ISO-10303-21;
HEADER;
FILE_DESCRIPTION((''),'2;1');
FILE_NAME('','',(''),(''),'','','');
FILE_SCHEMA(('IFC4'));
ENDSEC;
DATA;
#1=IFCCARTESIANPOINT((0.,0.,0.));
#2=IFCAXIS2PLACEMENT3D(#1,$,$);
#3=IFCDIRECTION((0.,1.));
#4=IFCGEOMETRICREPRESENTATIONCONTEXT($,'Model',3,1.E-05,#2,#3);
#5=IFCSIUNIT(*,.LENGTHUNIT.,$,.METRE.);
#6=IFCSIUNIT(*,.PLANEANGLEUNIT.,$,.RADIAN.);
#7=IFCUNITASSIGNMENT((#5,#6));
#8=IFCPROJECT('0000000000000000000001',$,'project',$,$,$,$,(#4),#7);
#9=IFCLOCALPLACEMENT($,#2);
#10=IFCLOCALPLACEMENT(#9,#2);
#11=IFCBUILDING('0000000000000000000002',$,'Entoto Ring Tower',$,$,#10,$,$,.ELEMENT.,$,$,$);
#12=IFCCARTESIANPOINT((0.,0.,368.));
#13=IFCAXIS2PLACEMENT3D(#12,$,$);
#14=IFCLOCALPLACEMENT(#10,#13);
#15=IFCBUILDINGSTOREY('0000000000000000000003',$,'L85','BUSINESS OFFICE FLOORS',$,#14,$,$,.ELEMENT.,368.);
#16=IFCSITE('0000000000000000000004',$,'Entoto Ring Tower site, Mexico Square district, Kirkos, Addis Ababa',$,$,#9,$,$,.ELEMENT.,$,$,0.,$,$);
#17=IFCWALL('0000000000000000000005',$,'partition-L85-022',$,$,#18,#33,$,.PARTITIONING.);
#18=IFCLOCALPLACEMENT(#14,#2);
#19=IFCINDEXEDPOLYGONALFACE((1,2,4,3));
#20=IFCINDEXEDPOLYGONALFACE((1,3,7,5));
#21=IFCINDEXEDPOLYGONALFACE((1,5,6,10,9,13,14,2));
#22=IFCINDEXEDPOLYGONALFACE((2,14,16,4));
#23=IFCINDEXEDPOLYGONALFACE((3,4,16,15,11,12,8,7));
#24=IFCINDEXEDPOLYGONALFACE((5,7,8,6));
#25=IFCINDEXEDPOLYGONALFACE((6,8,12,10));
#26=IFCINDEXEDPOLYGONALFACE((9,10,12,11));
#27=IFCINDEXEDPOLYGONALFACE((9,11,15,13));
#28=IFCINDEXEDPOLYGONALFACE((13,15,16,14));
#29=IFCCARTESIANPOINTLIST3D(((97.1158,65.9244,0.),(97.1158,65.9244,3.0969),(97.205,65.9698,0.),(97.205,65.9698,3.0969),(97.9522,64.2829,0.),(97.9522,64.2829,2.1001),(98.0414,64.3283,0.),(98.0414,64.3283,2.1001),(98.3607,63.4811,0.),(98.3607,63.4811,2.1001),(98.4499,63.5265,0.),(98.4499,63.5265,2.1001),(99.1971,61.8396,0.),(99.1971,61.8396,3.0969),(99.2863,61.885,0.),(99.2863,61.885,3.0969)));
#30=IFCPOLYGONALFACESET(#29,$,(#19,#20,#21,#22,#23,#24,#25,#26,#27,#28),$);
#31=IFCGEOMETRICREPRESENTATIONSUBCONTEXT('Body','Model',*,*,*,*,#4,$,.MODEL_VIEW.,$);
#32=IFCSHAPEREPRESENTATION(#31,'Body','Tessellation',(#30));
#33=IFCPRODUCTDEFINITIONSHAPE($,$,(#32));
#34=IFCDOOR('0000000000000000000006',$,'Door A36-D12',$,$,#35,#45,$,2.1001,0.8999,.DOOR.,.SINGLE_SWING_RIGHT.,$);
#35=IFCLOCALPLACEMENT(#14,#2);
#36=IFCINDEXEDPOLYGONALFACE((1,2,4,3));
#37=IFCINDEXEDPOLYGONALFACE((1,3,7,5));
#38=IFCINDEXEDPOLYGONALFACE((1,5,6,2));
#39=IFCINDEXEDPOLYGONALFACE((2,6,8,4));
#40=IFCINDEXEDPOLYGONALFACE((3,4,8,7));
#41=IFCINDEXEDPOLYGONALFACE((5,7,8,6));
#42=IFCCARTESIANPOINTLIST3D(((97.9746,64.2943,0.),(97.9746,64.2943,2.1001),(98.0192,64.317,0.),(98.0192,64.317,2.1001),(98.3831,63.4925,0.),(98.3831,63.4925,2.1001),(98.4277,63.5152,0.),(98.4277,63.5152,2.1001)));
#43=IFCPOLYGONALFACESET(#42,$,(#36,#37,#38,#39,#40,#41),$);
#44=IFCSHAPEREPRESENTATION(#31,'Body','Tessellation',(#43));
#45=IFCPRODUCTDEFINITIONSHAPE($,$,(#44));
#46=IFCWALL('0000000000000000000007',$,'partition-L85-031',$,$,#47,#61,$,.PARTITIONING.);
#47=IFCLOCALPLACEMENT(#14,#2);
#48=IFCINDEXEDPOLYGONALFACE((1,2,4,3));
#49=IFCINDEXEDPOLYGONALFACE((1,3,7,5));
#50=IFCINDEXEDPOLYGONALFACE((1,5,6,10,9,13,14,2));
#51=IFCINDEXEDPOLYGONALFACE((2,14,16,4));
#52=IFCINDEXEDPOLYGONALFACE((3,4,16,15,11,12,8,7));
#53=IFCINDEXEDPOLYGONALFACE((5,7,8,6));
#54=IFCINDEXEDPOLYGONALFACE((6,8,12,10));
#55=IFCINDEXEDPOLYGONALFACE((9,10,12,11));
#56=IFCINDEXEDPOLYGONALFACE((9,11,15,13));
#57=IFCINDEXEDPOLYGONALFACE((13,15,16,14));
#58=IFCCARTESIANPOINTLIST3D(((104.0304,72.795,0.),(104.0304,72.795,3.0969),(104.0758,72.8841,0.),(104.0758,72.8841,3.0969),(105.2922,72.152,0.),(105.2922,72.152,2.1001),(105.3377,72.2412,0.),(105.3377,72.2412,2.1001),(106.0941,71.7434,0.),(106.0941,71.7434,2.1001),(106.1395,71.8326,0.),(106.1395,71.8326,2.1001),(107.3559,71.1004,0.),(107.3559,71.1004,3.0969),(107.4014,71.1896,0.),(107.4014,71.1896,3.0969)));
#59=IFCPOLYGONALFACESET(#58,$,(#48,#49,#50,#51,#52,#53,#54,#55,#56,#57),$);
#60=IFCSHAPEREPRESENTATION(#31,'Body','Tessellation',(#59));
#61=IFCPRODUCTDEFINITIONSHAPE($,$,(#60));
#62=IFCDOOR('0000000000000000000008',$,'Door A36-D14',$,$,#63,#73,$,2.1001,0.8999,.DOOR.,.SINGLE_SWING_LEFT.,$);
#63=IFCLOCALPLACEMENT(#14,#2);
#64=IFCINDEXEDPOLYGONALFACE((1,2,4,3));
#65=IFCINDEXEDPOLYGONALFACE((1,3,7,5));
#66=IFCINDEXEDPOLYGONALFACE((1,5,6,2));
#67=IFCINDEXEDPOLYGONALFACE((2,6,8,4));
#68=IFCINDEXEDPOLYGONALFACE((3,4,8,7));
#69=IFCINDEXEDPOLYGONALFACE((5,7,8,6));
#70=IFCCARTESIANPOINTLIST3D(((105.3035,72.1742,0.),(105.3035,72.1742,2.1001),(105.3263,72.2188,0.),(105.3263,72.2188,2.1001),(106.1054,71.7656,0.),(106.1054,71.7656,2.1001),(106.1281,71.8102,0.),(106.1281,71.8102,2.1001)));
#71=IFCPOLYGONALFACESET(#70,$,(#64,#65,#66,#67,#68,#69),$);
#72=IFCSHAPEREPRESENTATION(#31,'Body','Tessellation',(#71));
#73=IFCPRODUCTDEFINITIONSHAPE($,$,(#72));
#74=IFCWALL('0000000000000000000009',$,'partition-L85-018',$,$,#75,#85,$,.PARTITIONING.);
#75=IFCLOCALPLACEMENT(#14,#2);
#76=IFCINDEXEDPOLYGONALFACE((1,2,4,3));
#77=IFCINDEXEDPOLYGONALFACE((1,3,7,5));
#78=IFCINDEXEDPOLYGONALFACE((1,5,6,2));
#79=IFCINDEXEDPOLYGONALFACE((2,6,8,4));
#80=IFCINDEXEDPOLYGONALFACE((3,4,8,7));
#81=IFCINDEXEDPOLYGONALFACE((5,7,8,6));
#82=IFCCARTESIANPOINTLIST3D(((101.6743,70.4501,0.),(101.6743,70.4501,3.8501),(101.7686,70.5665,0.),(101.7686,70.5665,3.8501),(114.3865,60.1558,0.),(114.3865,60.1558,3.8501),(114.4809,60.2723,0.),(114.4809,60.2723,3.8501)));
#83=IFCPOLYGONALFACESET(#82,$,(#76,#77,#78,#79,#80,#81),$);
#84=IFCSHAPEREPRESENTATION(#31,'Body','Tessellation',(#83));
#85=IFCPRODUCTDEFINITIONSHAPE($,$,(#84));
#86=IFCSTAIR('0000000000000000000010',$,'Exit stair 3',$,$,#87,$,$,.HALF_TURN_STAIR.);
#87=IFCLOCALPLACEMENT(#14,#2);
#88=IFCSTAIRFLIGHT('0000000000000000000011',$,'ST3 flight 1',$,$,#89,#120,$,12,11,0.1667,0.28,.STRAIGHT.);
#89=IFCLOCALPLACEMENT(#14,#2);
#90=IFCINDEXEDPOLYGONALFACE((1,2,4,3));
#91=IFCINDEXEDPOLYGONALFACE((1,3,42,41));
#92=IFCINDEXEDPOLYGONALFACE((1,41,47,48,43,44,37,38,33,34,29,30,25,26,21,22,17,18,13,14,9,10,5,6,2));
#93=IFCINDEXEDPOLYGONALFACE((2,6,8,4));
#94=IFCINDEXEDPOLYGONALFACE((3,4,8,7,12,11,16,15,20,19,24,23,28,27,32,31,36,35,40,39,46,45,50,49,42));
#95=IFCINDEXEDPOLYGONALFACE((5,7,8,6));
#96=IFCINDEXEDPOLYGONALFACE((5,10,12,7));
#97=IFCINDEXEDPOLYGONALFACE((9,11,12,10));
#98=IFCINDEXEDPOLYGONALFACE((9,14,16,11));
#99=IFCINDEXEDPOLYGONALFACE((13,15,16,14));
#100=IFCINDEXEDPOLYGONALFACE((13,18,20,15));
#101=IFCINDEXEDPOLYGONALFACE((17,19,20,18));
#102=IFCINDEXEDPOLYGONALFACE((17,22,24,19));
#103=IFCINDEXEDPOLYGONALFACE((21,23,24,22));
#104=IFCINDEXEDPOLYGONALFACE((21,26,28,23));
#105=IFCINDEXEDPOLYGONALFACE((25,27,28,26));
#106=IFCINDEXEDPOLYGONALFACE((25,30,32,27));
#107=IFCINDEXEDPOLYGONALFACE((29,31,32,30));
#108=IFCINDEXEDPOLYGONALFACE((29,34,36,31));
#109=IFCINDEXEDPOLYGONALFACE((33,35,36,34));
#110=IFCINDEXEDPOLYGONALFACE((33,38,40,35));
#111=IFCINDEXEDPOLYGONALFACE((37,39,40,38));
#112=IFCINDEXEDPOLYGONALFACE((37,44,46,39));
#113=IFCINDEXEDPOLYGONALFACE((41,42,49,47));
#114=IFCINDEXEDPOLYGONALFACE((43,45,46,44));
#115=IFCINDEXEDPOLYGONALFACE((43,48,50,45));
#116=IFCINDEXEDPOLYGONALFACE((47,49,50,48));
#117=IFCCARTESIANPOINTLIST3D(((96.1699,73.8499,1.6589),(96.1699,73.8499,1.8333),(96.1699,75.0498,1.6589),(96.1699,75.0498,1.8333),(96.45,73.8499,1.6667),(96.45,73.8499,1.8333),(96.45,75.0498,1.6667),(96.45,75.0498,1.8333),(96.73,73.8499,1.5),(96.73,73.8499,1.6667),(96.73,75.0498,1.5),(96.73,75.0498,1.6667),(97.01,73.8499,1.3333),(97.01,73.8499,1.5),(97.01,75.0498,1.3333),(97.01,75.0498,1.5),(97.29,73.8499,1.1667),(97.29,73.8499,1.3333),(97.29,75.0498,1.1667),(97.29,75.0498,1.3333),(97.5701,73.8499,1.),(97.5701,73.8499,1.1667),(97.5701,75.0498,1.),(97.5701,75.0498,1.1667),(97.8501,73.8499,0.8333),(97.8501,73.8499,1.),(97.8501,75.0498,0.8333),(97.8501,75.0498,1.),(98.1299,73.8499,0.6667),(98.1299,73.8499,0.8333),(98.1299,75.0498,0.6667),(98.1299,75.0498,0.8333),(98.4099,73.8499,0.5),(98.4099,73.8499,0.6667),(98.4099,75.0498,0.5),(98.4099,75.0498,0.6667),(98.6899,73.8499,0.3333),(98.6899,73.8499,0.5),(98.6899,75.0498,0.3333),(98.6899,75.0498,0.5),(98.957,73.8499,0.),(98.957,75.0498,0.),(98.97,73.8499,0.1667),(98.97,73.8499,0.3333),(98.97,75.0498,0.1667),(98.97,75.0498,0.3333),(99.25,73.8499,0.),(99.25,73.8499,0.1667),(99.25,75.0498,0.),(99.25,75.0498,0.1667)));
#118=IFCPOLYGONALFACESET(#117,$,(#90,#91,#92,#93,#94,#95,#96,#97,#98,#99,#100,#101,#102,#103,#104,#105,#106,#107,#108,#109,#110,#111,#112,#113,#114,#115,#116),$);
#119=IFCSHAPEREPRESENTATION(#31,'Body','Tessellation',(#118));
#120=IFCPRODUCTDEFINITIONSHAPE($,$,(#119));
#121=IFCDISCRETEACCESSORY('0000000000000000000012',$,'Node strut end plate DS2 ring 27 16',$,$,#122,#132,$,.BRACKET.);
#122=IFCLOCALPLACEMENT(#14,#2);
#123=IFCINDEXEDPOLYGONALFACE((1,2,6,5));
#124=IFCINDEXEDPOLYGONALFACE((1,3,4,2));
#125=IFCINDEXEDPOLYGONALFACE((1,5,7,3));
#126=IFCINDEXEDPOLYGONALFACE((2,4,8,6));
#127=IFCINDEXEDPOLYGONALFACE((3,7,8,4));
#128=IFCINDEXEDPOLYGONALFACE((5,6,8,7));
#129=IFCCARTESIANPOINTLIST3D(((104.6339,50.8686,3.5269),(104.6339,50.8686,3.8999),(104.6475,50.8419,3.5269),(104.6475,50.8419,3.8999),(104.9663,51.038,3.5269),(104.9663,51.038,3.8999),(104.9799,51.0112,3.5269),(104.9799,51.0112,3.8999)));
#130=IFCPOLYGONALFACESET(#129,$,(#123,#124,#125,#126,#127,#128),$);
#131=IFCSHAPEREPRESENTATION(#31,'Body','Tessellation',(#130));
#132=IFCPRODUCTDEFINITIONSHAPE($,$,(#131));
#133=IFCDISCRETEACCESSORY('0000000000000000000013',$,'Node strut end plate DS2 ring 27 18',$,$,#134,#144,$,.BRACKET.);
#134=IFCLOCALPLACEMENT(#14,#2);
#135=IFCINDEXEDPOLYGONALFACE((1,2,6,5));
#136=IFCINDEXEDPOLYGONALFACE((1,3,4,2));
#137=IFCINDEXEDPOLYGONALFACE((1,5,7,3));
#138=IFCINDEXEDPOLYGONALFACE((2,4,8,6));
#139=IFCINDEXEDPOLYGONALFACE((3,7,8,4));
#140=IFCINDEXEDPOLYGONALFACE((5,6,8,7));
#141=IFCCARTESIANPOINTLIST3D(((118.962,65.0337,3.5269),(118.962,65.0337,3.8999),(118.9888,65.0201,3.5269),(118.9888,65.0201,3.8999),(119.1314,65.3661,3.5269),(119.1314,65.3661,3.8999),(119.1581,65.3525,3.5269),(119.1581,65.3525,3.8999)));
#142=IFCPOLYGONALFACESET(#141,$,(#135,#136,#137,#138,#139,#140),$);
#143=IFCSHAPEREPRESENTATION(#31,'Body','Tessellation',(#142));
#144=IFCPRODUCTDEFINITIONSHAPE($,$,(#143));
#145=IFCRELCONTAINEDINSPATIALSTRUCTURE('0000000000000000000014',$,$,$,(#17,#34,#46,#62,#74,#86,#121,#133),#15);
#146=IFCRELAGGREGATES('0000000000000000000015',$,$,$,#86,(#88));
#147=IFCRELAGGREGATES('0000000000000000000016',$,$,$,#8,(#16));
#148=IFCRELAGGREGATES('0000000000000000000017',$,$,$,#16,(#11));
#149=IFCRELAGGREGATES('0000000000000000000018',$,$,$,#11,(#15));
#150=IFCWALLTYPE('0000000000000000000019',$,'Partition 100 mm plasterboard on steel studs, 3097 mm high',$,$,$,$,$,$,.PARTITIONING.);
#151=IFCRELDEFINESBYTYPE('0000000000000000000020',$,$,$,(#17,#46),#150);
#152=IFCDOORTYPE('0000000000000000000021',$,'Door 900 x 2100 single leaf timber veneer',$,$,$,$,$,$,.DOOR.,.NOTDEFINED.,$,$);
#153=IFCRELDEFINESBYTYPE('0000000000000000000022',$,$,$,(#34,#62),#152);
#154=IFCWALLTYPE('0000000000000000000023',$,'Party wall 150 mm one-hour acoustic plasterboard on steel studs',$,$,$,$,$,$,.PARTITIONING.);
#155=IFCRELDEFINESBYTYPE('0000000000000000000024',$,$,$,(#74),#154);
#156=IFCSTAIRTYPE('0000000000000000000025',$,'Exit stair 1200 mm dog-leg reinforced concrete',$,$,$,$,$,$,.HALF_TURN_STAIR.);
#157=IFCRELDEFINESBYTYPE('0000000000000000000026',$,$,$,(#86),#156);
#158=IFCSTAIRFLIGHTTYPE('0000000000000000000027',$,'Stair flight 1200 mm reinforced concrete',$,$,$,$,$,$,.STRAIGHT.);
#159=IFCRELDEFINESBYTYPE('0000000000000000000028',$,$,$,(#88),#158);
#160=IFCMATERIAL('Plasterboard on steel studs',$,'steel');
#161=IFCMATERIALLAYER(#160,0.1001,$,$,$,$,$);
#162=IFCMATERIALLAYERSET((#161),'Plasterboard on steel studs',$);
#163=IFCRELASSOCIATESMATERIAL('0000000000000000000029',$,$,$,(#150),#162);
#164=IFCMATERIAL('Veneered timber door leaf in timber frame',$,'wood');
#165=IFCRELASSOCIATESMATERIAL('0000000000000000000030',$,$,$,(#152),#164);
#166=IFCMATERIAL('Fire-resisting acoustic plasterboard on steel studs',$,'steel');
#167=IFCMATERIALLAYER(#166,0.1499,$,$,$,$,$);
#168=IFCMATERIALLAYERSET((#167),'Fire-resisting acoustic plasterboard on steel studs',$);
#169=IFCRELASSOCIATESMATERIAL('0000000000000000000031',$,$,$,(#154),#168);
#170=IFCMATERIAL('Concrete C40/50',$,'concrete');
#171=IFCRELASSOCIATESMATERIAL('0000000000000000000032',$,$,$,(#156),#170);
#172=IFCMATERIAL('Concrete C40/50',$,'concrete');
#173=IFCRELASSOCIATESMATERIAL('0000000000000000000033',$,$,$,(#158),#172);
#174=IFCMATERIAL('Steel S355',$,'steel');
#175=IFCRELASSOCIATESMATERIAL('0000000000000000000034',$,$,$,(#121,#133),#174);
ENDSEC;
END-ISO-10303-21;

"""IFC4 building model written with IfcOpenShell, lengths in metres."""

from ifc_helpers import new_model, si_unit, direction, frame, frame_2d, origin, origin_2d, place, context, subcontext, project, spatial, polyline, rectangle, outline, extrude, material, layer, layer_set, type_object, element, fill, aggregate, save


model = new_model("IFC4")

# Units and contexts
model_context = context("Model", 3, precision=1e-05, world=origin(), true_north=direction((0.0, 1.0)))
body_context = subcontext(model_context, "Body", "Model", "MODEL_VIEW")
ifc_project = project(units=[si_unit("LENGTHUNIT", "METRE"), si_unit("PLANEANGLEUNIT", "RADIAN")], contexts=[model_context])

# Site, building, storey
site_placement = place(None, origin())
site = spatial("IfcSite", under=ifc_project, at=site_placement, Name="Entoto Ring Tower site, Mexico Square district, Kirkos, Addis Ababa", CompositionType="ELEMENT", RefElevation=0.0)
building_placement = place(site_placement, origin())
building = spatial("IfcBuilding", under=site, at=building_placement, Name="Entoto Ring Tower", CompositionType="ELEMENT")
storey_placement = place(building_placement, frame((0.0, 0.0, 368.0)))
storey = spatial("IfcBuildingStorey", under=building, at=storey_placement, Name="L85", Description="BUSINESS OFFICE FLOORS", CompositionType="ELEMENT", Elevation=368.0)

# Walls, openings, doors
ifc_material_1 = material(Name="Plasterboard on steel studs", Category="steel")
ifc_layer_1 = layer(ifc_material_1, 0.1001)
ifc_layer_set_1 = layer_set([ifc_layer_1], Name="Plasterboard on steel studs")
wall_type_1 = type_object("IfcWallType", Name="Partition 100 mm plasterboard on steel studs, 3097 mm high", PredefinedType="PARTITIONING", material=ifc_layer_set_1)
wall_1_placement = place(storey_placement, frame((99.2417, 61.8623, 0.0), z_axis=(0.0, 0.0, 1.0), x_axis=(-0.453996, 0.891004, 0.0)))
wall_1 = element("IfcWall", 1, at=wall_1_placement, inside=storey, type_object=wall_type_1, Name="partition-L85-022", PredefinedType="PARTITIONING", context=body_context, shape_type="SweptSolid", body=[
    extrude(rectangle(XDim=4.5845, YDim=0.1001, at=frame_2d((2.2922, 0.0))), origin(), (0.0, 0.0, 1.0), 3.0969),
])
opening_1_placement = place(wall_1_placement, frame((1.8423, 0.0, 0.0)))
opening_1 = element("IfcOpeningElement", 2, at=opening_1_placement, cuts=wall_1, PredefinedType="OPENING", context=body_context, shape_type="SweptSolid", body=[
    extrude(rectangle(XDim=0.8999, YDim=2.1001, at=frame_2d((0.45, 1.05))), frame((0.0, 0.0601, 0.0), z_axis=(0.0, -1.0, 0.0), x_axis=(1.0, 0.0, 0.0)), (0.0, 0.0, 1.0), 0.1201),
])
ifc_material_2 = material(Name="Veneered timber door leaf in timber frame", Category="wood")
door_type_1 = type_object("IfcDoorType", Name="Door 900 x 2100 single leaf timber veneer", OperationType="NOTDEFINED", PredefinedType="DOOR", material=ifc_material_2)
door_1_placement = place(opening_1_placement, origin())
door_1 = element("IfcDoor", 3, at=door_1_placement, inside=storey, type_object=door_type_1, Name="Door A36-D12", OperationType="SINGLE_SWING_RIGHT", OverallHeight=2.1001, OverallWidth=0.8999, PredefinedType="DOOR", context=body_context, shape_type="SweptSolid", body=[
    extrude(rectangle(XDim=0.8999, YDim=2.1001, at=frame_2d((0.45, 1.05))), frame((0.0, 0.0249, 0.0), z_axis=(0.0, -1.0, 0.0), x_axis=(1.0, 0.0, 0.0)), (0.0, 0.0, 1.0), 0.05),
])
fill(opening_1, door_1)
wall_2_placement = place(storey_placement, frame((107.3787, 71.145, 0.0), z_axis=(0.0, 0.0, 1.0), x_axis=(-0.891, 0.454003, 0.0)))
wall_2 = element("IfcWall", 4, at=wall_2_placement, inside=storey, type_object=wall_type_1, Name="partition-L85-031", PredefinedType="PARTITIONING", context=body_context, shape_type="SweptSolid", body=[
    extrude(rectangle(XDim=3.7324, YDim=0.1001, at=frame_2d((1.8662, 0.0))), origin(), (0.0, 0.0, 1.0), 3.0969),
])
opening_2_placement = place(wall_2_placement, frame((1.4163, 0.0, 0.0)))
opening_2 = element("IfcOpeningElement", 5, at=opening_2_placement, cuts=wall_2, PredefinedType="OPENING", context=body_context, shape_type="SweptSolid", body=[
    extrude(rectangle(XDim=0.8999, YDim=2.1001, at=frame_2d((0.45, 1.05))), frame((0.0, 0.0601, 0.0), z_axis=(0.0, -1.0, 0.0), x_axis=(1.0, 0.0, 0.0)), (0.0, 0.0, 1.0), 0.1201),
])
door_2_placement = place(opening_2_placement, frame((0.8999, 0.0, 0.0), z_axis=(0.0, 0.0, 1.0), x_axis=(-1.0, 0.0, 0.0)))
door_2 = element("IfcDoor", 6, at=door_2_placement, inside=storey, type_object=door_type_1, Name="Door A36-D14", OperationType="SINGLE_SWING_LEFT", OverallHeight=2.1001, OverallWidth=0.8999, PredefinedType="DOOR", context=body_context, shape_type="SweptSolid", body=[
    extrude(rectangle(XDim=0.8999, YDim=2.1001, at=frame_2d((0.45, 1.05))), frame((0.0, 0.0249, 0.0), z_axis=(0.0, -1.0, 0.0), x_axis=(1.0, 0.0, 0.0)), (0.0, 0.0, 1.0), 0.05),
])
fill(opening_2, door_2)

# Wall
ifc_material_3 = material(Name="Fire-resisting acoustic plasterboard on steel studs", Category="steel")
ifc_layer_2 = layer(ifc_material_3, 0.1499)
ifc_layer_set_2 = layer_set([ifc_layer_2], Name="Fire-resisting acoustic plasterboard on steel studs")
wall_type_2 = type_object("IfcWallType", Name="Party wall 150 mm one-hour acoustic plasterboard on steel studs", PredefinedType="PARTITIONING", material=ifc_layer_set_2)
wall_3_placement = place(storey_placement, frame((114.4336, 60.2141, 0.0), z_axis=(0.0, 0.0, 1.0), x_axis=(-0.777143, 0.629324, 0.0)))
element("IfcWall", 7, at=wall_3_placement, inside=storey, type_object=wall_type_2, Name="partition-L85-018", PredefinedType="PARTITIONING", context=body_context, shape_type="SweptSolid", body=[
    extrude(rectangle(XDim=16.3577, YDim=0.1499, at=frame_2d((8.1787, 0.0))), origin(), (0.0, 0.0, 1.0), 3.8501),
])

# Stair, stair flight
ifc_material_4 = material(Name="Concrete C40/50", Category="concrete")
stair_type = type_object("IfcStairType", Name="Exit stair 1200 mm dog-leg reinforced concrete", PredefinedType="HALF_TURN_STAIR", material=ifc_material_4)
stair_placement = place(storey_placement, origin())
stair = element("IfcStair", 8, at=stair_placement, inside=storey, type_object=stair_type, Name="Exit stair 3", PredefinedType="HALF_TURN_STAIR")
ifc_material_5 = material(Name="Concrete C40/50", Category="concrete")
stair_flight_type = type_object("IfcStairFlightType", Name="Stair flight 1200 mm reinforced concrete", PredefinedType="STRAIGHT", material=ifc_material_5)
stair_flight_placement = place(storey_placement, frame((99.25, 74.45, 0.0), z_axis=(0.0, 0.0, 1.0), x_axis=(-1.0, 0.0, 0.0)))
stair_flight = element("IfcStairFlight", 9, at=stair_flight_placement, type_object=stair_flight_type, Name="ST3 flight 1", NumberOfRisers=12, NumberOfTreads=11, PredefinedType="STRAIGHT", RiserHeight=0.1667, TreadLength=0.28, context=body_context, shape_type="SweptSolid", body=[
    extrude(outline(polyline([(0.0, 0.0), (0.0, 0.1667), (0.28, 0.1667), (0.28, 0.3333), (0.5601, 0.3333), (0.5601, 0.5), (0.8401, 0.5), (0.8401, 0.6667), (1.1201, 0.6667), (1.1201, 0.8333), (1.3999, 0.8333), (1.3999, 1.0), (1.6799, 1.0), (1.6799, 1.1667), (1.96, 1.1667), (1.96, 1.3333), (2.24, 1.3333), (2.24, 1.5), (2.52, 1.5), (2.52, 1.6667), (2.8, 1.6667), (2.8, 1.8333), (3.0801, 1.8333), (3.0801, 2.0), (3.0801, 1.6589), (0.293, 0.0), (0.0, 0.0)])), frame((0.0, 0.6001, 0.0), z_axis=(0.0, -1.0, 0.0), x_axis=(1.0, 0.0, 0.0)), (0.0, 0.0, 1.0), 1.2),
])
aggregate(stair, [stair_flight])

# Discrete accessories
ifc_material_6 = material(Name="Steel S355", Category="steel")
for number, where, z_axis, x_axis, name in (
    (10, (104.8069, 50.9399, 3.5269), (0.0, 0.0, 1.0), (0.45399, -0.891007, 0.0), "Node strut end plate DS2 ring 27 16"),
    (11, (119.0601, 65.1931, 3.5269), (0.0, 0.0, 1.0), (0.891007, -0.45399, 0.0), "Node strut end plate DS2 ring 27 18"),
):
    element("IfcDiscreteAccessory", number, at=place(storey_placement, frame(where, z_axis=z_axis, x_axis=x_axis)), inside=storey, material=ifc_material_6, Name=name, PredefinedType="BRACKET", context=body_context, shape_type="SweptSolid", body=[
        extrude(rectangle(XDim=0.03, YDim=0.373, at=origin_2d()), origin(), (0.0, 0.0, 1.0), 0.373),
    ])

save(model, "model.ifc")
